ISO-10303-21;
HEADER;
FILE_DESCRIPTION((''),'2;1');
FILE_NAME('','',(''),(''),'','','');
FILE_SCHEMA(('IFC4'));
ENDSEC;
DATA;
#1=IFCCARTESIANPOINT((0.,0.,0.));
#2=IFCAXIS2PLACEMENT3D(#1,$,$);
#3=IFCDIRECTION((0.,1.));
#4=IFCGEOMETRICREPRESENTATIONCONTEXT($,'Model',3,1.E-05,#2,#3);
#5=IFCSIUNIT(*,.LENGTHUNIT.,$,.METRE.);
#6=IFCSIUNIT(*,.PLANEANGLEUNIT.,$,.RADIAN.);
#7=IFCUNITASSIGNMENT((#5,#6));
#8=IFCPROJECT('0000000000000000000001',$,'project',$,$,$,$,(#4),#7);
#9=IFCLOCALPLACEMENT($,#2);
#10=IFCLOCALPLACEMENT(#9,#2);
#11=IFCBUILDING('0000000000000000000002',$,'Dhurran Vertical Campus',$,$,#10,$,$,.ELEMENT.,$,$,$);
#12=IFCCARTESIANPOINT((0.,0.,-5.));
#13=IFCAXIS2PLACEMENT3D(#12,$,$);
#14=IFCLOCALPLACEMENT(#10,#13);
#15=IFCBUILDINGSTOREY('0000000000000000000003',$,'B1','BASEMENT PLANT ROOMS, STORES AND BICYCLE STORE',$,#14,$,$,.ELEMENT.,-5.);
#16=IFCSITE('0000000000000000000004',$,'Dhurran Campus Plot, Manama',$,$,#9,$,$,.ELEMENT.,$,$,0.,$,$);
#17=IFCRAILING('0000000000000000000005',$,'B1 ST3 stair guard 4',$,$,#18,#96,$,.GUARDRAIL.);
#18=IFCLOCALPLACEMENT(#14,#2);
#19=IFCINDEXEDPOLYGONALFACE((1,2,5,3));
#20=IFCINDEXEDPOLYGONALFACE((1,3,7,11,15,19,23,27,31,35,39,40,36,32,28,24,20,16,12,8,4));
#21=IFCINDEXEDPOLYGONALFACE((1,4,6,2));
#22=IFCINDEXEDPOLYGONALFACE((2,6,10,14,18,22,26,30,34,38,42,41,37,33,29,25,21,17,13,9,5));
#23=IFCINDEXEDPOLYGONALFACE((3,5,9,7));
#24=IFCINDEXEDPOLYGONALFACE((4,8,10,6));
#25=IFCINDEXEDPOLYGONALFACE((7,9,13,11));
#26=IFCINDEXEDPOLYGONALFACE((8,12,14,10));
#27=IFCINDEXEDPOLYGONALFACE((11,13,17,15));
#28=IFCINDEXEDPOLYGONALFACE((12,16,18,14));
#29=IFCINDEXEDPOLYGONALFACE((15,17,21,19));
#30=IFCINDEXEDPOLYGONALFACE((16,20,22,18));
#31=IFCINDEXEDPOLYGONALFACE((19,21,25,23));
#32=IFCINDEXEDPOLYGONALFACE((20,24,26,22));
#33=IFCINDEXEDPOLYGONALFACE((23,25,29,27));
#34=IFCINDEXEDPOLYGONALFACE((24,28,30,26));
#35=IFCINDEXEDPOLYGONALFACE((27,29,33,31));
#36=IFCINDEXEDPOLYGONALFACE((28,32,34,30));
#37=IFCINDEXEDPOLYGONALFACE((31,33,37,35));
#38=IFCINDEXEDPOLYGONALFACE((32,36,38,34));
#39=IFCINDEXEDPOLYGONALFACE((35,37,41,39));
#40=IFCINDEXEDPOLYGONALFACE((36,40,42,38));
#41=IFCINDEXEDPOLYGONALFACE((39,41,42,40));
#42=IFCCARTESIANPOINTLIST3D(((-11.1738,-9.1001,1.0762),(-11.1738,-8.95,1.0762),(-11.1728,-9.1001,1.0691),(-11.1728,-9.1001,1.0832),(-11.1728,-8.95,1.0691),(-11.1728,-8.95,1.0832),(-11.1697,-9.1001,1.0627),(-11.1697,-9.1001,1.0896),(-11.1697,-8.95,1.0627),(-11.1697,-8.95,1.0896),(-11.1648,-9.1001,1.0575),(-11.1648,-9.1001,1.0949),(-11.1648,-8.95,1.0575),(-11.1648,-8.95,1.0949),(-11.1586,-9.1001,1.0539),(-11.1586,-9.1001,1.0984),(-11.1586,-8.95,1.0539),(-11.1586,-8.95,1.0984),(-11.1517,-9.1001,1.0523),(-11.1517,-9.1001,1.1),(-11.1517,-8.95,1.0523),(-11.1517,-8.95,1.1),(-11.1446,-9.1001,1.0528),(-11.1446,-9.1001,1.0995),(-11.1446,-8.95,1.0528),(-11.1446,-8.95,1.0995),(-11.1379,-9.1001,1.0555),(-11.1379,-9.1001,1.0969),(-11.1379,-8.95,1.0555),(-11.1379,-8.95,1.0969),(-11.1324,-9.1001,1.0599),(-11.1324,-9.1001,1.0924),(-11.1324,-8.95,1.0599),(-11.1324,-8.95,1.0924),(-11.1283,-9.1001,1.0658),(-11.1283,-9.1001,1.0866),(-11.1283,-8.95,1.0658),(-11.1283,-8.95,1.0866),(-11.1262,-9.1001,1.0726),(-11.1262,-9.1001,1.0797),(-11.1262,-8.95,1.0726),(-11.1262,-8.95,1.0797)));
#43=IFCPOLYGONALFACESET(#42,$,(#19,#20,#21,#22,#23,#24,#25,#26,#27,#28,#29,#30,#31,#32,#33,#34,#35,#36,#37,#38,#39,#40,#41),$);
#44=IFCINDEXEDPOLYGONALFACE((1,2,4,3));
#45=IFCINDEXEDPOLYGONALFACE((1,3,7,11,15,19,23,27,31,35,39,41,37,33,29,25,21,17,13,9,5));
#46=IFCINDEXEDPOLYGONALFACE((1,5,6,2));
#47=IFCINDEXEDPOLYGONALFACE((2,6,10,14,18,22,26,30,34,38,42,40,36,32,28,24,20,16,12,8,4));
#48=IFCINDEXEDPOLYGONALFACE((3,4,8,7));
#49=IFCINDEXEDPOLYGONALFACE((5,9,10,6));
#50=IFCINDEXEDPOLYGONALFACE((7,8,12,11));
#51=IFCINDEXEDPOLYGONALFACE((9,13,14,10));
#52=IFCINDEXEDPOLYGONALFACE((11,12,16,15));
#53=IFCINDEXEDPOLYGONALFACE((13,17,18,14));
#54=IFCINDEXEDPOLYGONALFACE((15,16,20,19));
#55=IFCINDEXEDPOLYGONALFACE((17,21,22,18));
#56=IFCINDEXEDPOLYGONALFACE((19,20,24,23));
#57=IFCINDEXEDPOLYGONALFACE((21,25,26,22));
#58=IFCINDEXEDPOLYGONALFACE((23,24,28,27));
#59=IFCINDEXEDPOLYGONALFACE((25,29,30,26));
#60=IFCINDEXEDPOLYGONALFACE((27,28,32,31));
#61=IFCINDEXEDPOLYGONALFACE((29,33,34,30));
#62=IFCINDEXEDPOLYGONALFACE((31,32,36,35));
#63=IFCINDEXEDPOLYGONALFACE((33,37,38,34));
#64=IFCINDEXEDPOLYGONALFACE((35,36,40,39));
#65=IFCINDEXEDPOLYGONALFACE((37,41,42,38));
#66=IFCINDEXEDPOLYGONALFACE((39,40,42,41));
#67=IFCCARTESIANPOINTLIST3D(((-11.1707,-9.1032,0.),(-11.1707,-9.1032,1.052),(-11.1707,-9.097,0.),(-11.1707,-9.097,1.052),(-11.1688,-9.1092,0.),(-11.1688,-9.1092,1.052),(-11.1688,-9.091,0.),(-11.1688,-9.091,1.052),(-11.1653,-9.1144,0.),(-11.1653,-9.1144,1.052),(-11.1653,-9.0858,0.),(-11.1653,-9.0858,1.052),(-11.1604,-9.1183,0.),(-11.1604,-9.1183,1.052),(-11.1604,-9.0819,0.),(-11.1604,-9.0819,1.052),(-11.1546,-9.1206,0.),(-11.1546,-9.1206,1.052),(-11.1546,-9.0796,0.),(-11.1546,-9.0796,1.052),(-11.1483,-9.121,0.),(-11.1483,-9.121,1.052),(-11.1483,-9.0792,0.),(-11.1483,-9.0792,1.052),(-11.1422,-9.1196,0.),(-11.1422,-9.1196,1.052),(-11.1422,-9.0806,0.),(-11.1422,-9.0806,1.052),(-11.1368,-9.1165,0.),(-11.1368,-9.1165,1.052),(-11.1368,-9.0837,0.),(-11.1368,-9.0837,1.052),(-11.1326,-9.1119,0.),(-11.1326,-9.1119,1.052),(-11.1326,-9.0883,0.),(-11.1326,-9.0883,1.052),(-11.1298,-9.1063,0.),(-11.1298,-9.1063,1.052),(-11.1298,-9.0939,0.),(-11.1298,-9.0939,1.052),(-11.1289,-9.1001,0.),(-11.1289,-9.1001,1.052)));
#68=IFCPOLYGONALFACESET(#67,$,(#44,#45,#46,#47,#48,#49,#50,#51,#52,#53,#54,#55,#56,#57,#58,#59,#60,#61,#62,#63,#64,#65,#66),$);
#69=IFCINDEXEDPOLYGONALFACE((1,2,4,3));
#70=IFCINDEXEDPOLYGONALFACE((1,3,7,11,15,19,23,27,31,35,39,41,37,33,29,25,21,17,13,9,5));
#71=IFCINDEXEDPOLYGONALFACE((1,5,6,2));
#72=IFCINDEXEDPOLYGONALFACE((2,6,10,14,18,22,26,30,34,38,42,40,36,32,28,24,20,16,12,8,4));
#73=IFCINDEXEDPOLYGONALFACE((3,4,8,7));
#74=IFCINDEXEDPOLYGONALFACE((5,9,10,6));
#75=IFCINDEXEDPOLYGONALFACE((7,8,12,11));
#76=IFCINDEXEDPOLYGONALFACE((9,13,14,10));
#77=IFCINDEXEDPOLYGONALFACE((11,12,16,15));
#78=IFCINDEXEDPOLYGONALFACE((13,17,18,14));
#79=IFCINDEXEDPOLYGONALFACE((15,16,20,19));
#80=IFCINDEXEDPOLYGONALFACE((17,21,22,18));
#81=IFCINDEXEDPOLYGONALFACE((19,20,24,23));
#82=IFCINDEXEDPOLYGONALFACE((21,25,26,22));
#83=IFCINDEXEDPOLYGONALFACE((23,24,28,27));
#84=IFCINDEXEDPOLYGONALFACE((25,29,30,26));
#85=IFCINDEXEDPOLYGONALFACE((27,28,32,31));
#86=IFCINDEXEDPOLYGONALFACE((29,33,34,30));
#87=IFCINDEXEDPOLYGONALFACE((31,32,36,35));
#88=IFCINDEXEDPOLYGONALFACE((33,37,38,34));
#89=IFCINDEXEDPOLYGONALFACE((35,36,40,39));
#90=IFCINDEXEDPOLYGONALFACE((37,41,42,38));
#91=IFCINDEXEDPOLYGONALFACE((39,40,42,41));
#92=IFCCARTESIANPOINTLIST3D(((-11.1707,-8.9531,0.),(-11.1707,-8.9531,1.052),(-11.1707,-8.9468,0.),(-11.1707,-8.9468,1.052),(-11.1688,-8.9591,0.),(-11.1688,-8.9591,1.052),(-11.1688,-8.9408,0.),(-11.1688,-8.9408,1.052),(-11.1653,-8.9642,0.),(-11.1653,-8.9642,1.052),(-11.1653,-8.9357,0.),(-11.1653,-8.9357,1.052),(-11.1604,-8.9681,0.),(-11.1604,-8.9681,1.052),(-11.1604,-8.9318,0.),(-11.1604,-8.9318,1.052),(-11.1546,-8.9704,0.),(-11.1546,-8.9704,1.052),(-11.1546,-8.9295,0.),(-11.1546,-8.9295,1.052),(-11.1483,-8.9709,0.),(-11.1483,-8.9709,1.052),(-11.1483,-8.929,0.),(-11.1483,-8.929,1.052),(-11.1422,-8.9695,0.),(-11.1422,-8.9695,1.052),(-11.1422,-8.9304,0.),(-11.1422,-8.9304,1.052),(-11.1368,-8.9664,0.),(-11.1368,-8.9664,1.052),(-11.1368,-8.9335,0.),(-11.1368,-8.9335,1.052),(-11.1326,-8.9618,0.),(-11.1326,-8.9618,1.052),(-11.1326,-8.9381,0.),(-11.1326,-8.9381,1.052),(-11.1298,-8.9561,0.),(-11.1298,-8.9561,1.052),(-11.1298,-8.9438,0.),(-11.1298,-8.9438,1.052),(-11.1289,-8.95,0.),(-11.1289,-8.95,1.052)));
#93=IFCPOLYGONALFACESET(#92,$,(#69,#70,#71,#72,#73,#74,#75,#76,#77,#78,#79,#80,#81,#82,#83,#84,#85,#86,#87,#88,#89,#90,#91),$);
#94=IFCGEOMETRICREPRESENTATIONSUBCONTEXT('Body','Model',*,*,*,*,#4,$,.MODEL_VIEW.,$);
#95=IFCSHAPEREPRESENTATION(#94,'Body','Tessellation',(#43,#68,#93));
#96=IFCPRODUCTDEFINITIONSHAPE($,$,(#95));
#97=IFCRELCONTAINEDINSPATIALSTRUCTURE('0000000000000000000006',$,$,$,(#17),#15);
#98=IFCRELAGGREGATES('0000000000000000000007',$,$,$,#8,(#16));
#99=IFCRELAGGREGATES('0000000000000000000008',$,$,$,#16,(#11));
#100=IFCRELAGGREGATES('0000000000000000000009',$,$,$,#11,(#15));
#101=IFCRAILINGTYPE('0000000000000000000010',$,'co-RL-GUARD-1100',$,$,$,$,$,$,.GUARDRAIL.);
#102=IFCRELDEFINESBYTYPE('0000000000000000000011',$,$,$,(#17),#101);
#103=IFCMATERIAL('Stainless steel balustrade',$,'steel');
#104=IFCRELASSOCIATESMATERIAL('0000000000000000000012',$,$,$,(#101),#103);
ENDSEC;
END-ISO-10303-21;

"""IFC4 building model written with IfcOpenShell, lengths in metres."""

from ifc_helpers import new_model, si_unit, direction, frame, origin, origin_2d, place, context, subcontext, project, spatial, circle, extrude, material, type_object, element, save


model = new_model("IFC4")

# Units and contexts
model_context = context("Model", 3, precision=1e-05, world=origin(), true_north=direction((0.0, 1.0)))
body_context = subcontext(model_context, "Body", "Model", "MODEL_VIEW")
ifc_project = project(units=[si_unit("LENGTHUNIT", "METRE"), si_unit("PLANEANGLEUNIT", "RADIAN")], contexts=[model_context])

# Site, building, storey
site_placement = place(None, origin())
site = spatial("IfcSite", under=ifc_project, at=site_placement, Name="Dhurran Campus Plot, Manama", CompositionType="ELEMENT", RefElevation=0.0)
building_placement = place(site_placement, origin())
building = spatial("IfcBuilding", under=site, at=building_placement, Name="Dhurran Vertical Campus", CompositionType="ELEMENT")
storey_placement = place(building_placement, frame((0.0, 0.0, -5.0)))
storey = spatial("IfcBuildingStorey", under=building, at=storey_placement, Name="B1", Description="BASEMENT PLANT ROOMS, STORES AND BICYCLE STORE", CompositionType="ELEMENT", Elevation=-5.0)

# Railing
ifc_material_1 = material(Name="Stainless steel balustrade", Category="steel")
railing_type_1 = type_object("IfcRailingType", Name="co-RL-GUARD-1100", PredefinedType="GUARDRAIL", material=ifc_material_1)
railing_1_placement = place(storey_placement, frame((-11.1499, -9.1001, 0.0)))
element("IfcRailing", 1, at=railing_1_placement, inside=storey, type_object=railing_type_1, Name="B1 ST3 stair guard 4", PredefinedType="GUARDRAIL", context=body_context, shape_type="SweptSolid", body=[
    extrude(circle(Radius=0.0239, at=origin_2d()), frame((0.0, 0.0, 1.0762), z_axis=(0.0, 1.0, 0.0), x_axis=(-1.0, 0.0, 0.0)), (0.0, 0.0, 1.0), 0.1501),
    extrude(circle(Radius=0.021, at=origin_2d()), origin(), (0.0, 0.0, 1.0), 1.052),
    extrude(circle(Radius=0.021, at=origin_2d()), frame((0.0, 0.1501, 0.0)), (0.0, 0.0, 1.0), 1.052),
])

save(model, "model.ifc")
